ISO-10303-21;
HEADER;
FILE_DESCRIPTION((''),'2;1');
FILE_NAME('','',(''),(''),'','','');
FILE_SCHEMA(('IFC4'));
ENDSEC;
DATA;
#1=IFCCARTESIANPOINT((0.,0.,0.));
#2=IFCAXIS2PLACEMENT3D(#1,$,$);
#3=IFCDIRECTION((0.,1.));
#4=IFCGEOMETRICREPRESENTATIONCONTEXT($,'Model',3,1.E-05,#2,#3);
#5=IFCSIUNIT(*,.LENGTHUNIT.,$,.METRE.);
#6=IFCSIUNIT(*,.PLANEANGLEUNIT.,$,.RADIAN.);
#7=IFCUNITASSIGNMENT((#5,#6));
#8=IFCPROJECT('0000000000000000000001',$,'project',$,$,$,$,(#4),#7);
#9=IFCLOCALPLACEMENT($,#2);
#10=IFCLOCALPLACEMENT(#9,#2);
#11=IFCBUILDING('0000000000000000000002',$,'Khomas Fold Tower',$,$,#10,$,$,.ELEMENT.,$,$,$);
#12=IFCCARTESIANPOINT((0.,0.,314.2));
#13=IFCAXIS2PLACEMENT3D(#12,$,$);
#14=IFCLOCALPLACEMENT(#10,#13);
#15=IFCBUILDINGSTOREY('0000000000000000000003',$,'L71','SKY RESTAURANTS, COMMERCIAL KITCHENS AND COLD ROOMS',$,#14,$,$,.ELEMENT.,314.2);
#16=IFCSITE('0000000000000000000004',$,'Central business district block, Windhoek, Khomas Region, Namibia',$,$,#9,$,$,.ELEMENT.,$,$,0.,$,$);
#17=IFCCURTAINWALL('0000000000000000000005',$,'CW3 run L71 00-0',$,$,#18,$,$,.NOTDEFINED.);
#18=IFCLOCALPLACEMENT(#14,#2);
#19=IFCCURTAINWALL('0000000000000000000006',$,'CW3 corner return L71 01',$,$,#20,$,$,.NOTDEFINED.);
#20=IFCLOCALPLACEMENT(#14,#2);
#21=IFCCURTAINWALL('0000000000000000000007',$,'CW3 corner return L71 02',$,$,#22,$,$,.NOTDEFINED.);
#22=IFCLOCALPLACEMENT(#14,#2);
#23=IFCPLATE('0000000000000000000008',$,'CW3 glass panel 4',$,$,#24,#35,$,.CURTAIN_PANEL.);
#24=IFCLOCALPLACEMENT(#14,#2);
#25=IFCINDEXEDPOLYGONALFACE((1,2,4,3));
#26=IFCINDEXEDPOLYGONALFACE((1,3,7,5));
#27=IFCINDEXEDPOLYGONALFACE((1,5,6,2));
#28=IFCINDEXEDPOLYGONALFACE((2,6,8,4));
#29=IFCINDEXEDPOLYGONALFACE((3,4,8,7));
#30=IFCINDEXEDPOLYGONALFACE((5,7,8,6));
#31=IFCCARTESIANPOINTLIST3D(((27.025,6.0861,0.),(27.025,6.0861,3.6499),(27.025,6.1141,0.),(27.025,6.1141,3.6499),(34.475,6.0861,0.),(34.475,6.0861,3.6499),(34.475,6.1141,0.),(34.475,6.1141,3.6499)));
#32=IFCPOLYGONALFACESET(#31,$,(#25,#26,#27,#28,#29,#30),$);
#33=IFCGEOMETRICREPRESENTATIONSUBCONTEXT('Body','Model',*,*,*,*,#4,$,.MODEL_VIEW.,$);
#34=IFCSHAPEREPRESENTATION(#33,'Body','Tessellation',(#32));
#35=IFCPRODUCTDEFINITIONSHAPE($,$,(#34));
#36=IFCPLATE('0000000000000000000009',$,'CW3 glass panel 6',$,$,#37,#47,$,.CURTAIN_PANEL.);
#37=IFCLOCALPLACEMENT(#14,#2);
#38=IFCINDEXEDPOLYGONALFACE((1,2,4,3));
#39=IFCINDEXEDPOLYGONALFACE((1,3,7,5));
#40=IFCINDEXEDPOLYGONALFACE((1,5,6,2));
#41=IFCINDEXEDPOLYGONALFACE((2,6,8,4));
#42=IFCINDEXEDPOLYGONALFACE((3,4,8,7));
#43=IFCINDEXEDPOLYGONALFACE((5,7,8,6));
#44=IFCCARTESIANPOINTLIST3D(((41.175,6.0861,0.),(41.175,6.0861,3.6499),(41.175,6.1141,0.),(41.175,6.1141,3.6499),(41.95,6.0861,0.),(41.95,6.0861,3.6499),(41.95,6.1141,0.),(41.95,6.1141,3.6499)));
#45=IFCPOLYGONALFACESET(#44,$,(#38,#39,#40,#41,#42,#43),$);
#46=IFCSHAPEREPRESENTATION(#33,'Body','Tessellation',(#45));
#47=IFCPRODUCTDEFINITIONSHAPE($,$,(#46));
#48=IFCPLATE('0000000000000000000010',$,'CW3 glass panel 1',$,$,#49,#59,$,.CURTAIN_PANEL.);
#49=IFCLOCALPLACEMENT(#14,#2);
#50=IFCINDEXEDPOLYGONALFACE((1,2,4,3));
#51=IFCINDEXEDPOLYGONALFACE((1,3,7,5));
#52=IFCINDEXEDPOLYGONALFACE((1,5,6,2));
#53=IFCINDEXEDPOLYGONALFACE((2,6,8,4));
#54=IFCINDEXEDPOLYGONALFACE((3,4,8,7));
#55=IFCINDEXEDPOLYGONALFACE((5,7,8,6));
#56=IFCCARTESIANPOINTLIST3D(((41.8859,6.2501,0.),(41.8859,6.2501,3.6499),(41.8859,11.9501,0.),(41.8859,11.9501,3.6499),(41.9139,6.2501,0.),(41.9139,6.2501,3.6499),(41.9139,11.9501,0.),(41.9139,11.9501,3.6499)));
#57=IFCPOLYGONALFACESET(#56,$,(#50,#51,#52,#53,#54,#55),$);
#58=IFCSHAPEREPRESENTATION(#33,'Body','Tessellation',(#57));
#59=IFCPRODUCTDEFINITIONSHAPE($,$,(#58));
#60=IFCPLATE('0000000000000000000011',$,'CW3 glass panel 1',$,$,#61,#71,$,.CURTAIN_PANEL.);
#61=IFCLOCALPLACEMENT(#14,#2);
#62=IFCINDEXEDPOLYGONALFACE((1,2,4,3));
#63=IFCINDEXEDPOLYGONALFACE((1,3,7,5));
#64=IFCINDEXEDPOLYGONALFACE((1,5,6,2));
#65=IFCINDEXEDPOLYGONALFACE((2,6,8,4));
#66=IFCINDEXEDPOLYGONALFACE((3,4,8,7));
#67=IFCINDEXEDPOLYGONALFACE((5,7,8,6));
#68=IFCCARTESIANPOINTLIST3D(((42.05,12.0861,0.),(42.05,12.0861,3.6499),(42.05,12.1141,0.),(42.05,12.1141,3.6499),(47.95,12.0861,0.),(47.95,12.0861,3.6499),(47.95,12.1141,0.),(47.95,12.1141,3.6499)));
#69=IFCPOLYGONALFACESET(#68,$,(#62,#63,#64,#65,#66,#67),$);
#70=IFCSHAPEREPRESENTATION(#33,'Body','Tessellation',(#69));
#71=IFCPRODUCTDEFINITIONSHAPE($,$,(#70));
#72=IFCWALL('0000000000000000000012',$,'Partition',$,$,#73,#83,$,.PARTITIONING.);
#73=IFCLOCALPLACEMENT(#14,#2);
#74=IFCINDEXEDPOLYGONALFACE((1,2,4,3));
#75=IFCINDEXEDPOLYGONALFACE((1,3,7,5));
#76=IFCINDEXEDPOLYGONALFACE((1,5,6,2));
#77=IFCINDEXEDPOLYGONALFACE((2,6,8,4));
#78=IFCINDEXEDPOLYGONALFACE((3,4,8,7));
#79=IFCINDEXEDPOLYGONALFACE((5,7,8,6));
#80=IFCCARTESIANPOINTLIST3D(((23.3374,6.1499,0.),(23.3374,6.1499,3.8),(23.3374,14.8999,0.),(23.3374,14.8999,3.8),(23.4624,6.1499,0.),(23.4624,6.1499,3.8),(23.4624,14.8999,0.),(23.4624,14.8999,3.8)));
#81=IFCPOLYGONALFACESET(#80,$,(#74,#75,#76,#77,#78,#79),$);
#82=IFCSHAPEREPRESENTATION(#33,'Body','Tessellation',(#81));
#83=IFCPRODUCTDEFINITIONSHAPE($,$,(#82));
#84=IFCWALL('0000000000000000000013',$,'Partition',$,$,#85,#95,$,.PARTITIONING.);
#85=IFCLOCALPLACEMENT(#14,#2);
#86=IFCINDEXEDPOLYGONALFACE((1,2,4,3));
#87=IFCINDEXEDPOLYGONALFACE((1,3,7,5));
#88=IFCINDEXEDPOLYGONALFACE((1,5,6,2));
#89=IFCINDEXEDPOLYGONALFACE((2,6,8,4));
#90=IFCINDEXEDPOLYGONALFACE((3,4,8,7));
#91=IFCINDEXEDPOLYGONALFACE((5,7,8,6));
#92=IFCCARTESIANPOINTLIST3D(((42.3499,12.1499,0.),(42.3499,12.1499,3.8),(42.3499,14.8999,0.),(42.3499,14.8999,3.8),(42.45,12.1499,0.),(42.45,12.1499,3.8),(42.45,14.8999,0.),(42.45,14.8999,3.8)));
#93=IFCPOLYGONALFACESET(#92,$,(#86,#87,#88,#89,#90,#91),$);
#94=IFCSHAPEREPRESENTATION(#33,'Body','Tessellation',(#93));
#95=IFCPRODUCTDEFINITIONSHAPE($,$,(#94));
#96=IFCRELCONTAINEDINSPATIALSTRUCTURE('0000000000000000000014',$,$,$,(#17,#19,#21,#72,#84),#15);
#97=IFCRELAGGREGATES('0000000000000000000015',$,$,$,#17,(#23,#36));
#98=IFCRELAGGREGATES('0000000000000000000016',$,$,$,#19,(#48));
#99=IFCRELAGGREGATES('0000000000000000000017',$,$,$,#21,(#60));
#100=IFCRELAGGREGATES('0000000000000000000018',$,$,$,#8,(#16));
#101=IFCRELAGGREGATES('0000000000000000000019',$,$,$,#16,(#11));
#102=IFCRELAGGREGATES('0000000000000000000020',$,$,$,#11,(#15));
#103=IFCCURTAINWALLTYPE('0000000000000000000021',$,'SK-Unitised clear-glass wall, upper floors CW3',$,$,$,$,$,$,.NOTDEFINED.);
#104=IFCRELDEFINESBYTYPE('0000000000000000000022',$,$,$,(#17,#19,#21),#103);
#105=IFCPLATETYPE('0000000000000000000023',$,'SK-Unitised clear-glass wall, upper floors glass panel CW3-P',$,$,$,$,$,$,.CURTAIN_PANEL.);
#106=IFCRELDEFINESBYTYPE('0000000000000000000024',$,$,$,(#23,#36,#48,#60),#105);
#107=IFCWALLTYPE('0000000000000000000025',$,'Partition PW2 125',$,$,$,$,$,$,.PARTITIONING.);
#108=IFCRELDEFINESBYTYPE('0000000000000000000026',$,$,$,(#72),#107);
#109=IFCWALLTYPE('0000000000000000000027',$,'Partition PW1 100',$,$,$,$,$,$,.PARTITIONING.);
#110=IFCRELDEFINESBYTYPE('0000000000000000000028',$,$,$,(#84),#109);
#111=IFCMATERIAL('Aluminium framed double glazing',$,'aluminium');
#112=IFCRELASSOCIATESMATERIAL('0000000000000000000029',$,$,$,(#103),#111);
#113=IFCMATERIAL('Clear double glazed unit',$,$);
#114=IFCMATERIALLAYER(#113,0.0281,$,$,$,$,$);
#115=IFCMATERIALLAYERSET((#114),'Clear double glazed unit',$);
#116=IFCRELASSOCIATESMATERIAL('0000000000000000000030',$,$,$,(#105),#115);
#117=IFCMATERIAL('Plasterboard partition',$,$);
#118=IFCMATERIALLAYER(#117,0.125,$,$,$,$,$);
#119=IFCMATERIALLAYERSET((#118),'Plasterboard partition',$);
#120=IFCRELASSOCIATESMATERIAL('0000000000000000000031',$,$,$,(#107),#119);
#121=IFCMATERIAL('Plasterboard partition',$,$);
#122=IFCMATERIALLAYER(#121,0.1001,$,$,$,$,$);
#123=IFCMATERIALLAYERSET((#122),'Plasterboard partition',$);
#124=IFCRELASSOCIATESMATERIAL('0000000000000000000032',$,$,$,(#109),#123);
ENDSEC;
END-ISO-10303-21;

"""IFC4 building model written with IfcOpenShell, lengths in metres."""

from ifc_helpers import new_model, si_unit, direction, frame, frame_2d, origin, origin_2d, place, context, subcontext, project, spatial, rectangle, extrude, source, transform, mapped, material, layer, layer_set, type_object, element, aggregate, save


model = new_model("IFC4")

# Units and contexts
model_context = context("Model", 3, precision=1e-05, world=origin(), true_north=direction((0.0, 1.0)))
body_context = subcontext(model_context, "Body", "Model", "MODEL_VIEW")
ifc_project = project(units=[si_unit("LENGTHUNIT", "METRE"), si_unit("PLANEANGLEUNIT", "RADIAN")], contexts=[model_context])

# Site, building, storey
site_placement = place(None, origin())
site = spatial("IfcSite", under=ifc_project, at=site_placement, Name="Central business district block, Windhoek, Khomas Region, Namibia", CompositionType="ELEMENT", RefElevation=0.0)
building_placement = place(site_placement, origin())
building = spatial("IfcBuilding", under=site, at=building_placement, Name="Khomas Fold Tower", CompositionType="ELEMENT")
storey_placement = place(building_placement, frame((0.0, 0.0, 314.2)))
storey = spatial("IfcBuildingStorey", under=building, at=storey_placement, Name="L71", Description="SKY RESTAURANTS, COMMERCIAL KITCHENS AND COLD ROOMS", CompositionType="ELEMENT", Elevation=314.2)

# Curtain walls
ifc_material_1 = material(Name="Aluminium framed double glazing", Category="aluminium")
curtain_wall_type = type_object("IfcCurtainWallType", Name="SK-Unitised clear-glass wall, upper floors CW3", PredefinedType="NOTDEFINED", material=ifc_material_1)
curtain_wall_1_placement = place(storey_placement, origin())
curtain_wall_1 = element("IfcCurtainWall", 1, at=curtain_wall_1_placement, inside=storey, type_object=curtain_wall_type, Name="CW3 run L71 00-0", PredefinedType="NOTDEFINED")
curtain_wall_2_placement = place(storey_placement, origin())
curtain_wall_2 = element("IfcCurtainWall", 2, at=curtain_wall_2_placement, inside=storey, type_object=curtain_wall_type, Name="CW3 corner return L71 01", PredefinedType="NOTDEFINED")
curtain_wall_3_placement = place(storey_placement, origin())
curtain_wall_3 = element("IfcCurtainWall", 3, at=curtain_wall_3_placement, inside=storey, type_object=curtain_wall_type, Name="CW3 corner return L71 02", PredefinedType="NOTDEFINED")

# Plates
ifc_material_2 = material(Name="Clear double glazed unit")
ifc_layer_1 = layer(ifc_material_2, 0.0281)
ifc_layer_set_1 = layer_set([ifc_layer_1], Name="Clear double glazed unit")
plate_type = type_object("IfcPlateType", Name="SK-Unitised clear-glass wall, upper floors glass panel CW3-P", PredefinedType="CURTAIN_PANEL", material=ifc_layer_set_1)
shared_shape_1 = source(origin(), body_context, "Body", "SweptSolid", [
    extrude(rectangle(XDim=7.45, YDim=0.0281, at=origin_2d()), origin(), (0.0, 0.0, 1.0), 3.6499),
])
plate_1_placement = place(storey_placement, frame((30.75, 6.1001, 0.0), z_axis=(0.0, 0.0, 1.0), x_axis=(1.0, 0.0, 0.0)))
plate_1 = element("IfcPlate", 4, at=plate_1_placement, type_object=plate_type, Name="CW3 glass panel 4", PredefinedType="CURTAIN_PANEL", context=body_context, shape_type="MappedRepresentation", body=[
    mapped(shared_shape_1, transform((0.0, 0.0, 0.0))),
])
shared_shape_2 = source(origin(), body_context, "Body", "SweptSolid", [
    extrude(rectangle(XDim=0.7749, YDim=0.0281, at=origin_2d()), origin(), (0.0, 0.0, 1.0), 3.6499),
])
plate_2_placement = place(storey_placement, frame((41.5625, 6.1001, 0.0), z_axis=(0.0, 0.0, 1.0), x_axis=(1.0, 0.0, 0.0)))
plate_2 = element("IfcPlate", 5, at=plate_2_placement, type_object=plate_type, Name="CW3 glass panel 6", PredefinedType="CURTAIN_PANEL", context=body_context, shape_type="MappedRepresentation", body=[
    mapped(shared_shape_2, transform((0.0, 0.0, 0.0))),
])
aggregate(curtain_wall_1, [plate_1, plate_2])
shared_shape_3 = source(origin(), body_context, "Body", "SweptSolid", [
    extrude(rectangle(XDim=5.7, YDim=0.0281, at=origin_2d()), origin(), (0.0, 0.0, 1.0), 3.6499),
])
plate_3_placement = place(storey_placement, frame((41.8999, 9.1001, 0.0), z_axis=(0.0, 0.0, 1.0), x_axis=(0.0, 1.0, 0.0)))
plate_3 = element("IfcPlate", 6, at=plate_3_placement, type_object=plate_type, Name="CW3 glass panel 1", PredefinedType="CURTAIN_PANEL", context=body_context, shape_type="MappedRepresentation", body=[
    mapped(shared_shape_3, transform((0.0, 0.0, 0.0))),
])
aggregate(curtain_wall_2, [plate_3])
shared_shape_4 = source(origin(), body_context, "Body", "SweptSolid", [
    extrude(rectangle(XDim=5.8999, YDim=0.0281, at=origin_2d()), origin(), (0.0, 0.0, 1.0), 3.6499),
])
plate_4_placement = place(storey_placement, frame((45.0, 12.1001, 0.0), z_axis=(0.0, 0.0, 1.0), x_axis=(1.0, 0.0, 0.0)))
plate_4 = element("IfcPlate", 7, at=plate_4_placement, type_object=plate_type, Name="CW3 glass panel 1", PredefinedType="CURTAIN_PANEL", context=body_context, shape_type="MappedRepresentation", body=[
    mapped(shared_shape_4, transform((0.0, 0.0, 0.0))),
])
aggregate(curtain_wall_3, [plate_4])

# Walls
ifc_material_3 = material(Name="Plasterboard partition")
ifc_layer_2 = layer(ifc_material_3, 0.125)
ifc_layer_set_2 = layer_set([ifc_layer_2], Name="Plasterboard partition")
wall_type_1 = type_object("IfcWallType", Name="Partition PW2 125", PredefinedType="PARTITIONING", material=ifc_layer_set_2)
shared_shape_5 = source(origin(), body_context, "Body", "SweptSolid", [
    extrude(rectangle(XDim=8.75, YDim=0.125, at=frame_2d((4.375, 0.0))), origin(), (0.0, 0.0, 1.0), 3.8),
])
wall_1_placement = place(storey_placement, frame((23.3999, 6.1499, 0.0), z_axis=(0.0, 0.0, 1.0), x_axis=(0.0, 1.0, 0.0)))
element("IfcWall", 8, at=wall_1_placement, inside=storey, type_object=wall_type_1, Name="Partition", PredefinedType="PARTITIONING", context=body_context, shape_type="MappedRepresentation", body=[
    mapped(shared_shape_5, transform((0.0, 0.0, 0.0))),
])
ifc_material_4 = material(Name="Plasterboard partition")
ifc_layer_3 = layer(ifc_material_4, 0.1001)
ifc_layer_set_3 = layer_set([ifc_layer_3], Name="Plasterboard partition")
wall_type_2 = type_object("IfcWallType", Name="Partition PW1 100", PredefinedType="PARTITIONING", material=ifc_layer_set_3)
shared_shape_6 = source(origin(), body_context, "Body", "SweptSolid", [
    extrude(rectangle(XDim=2.75, YDim=0.1001, at=frame_2d((1.375, 0.0))), origin(), (0.0, 0.0, 1.0), 3.8),
])
wall_2_placement = place(storey_placement, frame((42.3999, 12.1499, 0.0), z_axis=(0.0, 0.0, 1.0), x_axis=(0.0, 1.0, 0.0)))
element("IfcWall", 9, at=wall_2_placement, inside=storey, type_object=wall_type_2, Name="Partition", PredefinedType="PARTITIONING", context=body_context, shape_type="MappedRepresentation", body=[
    mapped(shared_shape_6, transform((0.0, 0.0, 0.0))),
])

save(model, "model.ifc")
